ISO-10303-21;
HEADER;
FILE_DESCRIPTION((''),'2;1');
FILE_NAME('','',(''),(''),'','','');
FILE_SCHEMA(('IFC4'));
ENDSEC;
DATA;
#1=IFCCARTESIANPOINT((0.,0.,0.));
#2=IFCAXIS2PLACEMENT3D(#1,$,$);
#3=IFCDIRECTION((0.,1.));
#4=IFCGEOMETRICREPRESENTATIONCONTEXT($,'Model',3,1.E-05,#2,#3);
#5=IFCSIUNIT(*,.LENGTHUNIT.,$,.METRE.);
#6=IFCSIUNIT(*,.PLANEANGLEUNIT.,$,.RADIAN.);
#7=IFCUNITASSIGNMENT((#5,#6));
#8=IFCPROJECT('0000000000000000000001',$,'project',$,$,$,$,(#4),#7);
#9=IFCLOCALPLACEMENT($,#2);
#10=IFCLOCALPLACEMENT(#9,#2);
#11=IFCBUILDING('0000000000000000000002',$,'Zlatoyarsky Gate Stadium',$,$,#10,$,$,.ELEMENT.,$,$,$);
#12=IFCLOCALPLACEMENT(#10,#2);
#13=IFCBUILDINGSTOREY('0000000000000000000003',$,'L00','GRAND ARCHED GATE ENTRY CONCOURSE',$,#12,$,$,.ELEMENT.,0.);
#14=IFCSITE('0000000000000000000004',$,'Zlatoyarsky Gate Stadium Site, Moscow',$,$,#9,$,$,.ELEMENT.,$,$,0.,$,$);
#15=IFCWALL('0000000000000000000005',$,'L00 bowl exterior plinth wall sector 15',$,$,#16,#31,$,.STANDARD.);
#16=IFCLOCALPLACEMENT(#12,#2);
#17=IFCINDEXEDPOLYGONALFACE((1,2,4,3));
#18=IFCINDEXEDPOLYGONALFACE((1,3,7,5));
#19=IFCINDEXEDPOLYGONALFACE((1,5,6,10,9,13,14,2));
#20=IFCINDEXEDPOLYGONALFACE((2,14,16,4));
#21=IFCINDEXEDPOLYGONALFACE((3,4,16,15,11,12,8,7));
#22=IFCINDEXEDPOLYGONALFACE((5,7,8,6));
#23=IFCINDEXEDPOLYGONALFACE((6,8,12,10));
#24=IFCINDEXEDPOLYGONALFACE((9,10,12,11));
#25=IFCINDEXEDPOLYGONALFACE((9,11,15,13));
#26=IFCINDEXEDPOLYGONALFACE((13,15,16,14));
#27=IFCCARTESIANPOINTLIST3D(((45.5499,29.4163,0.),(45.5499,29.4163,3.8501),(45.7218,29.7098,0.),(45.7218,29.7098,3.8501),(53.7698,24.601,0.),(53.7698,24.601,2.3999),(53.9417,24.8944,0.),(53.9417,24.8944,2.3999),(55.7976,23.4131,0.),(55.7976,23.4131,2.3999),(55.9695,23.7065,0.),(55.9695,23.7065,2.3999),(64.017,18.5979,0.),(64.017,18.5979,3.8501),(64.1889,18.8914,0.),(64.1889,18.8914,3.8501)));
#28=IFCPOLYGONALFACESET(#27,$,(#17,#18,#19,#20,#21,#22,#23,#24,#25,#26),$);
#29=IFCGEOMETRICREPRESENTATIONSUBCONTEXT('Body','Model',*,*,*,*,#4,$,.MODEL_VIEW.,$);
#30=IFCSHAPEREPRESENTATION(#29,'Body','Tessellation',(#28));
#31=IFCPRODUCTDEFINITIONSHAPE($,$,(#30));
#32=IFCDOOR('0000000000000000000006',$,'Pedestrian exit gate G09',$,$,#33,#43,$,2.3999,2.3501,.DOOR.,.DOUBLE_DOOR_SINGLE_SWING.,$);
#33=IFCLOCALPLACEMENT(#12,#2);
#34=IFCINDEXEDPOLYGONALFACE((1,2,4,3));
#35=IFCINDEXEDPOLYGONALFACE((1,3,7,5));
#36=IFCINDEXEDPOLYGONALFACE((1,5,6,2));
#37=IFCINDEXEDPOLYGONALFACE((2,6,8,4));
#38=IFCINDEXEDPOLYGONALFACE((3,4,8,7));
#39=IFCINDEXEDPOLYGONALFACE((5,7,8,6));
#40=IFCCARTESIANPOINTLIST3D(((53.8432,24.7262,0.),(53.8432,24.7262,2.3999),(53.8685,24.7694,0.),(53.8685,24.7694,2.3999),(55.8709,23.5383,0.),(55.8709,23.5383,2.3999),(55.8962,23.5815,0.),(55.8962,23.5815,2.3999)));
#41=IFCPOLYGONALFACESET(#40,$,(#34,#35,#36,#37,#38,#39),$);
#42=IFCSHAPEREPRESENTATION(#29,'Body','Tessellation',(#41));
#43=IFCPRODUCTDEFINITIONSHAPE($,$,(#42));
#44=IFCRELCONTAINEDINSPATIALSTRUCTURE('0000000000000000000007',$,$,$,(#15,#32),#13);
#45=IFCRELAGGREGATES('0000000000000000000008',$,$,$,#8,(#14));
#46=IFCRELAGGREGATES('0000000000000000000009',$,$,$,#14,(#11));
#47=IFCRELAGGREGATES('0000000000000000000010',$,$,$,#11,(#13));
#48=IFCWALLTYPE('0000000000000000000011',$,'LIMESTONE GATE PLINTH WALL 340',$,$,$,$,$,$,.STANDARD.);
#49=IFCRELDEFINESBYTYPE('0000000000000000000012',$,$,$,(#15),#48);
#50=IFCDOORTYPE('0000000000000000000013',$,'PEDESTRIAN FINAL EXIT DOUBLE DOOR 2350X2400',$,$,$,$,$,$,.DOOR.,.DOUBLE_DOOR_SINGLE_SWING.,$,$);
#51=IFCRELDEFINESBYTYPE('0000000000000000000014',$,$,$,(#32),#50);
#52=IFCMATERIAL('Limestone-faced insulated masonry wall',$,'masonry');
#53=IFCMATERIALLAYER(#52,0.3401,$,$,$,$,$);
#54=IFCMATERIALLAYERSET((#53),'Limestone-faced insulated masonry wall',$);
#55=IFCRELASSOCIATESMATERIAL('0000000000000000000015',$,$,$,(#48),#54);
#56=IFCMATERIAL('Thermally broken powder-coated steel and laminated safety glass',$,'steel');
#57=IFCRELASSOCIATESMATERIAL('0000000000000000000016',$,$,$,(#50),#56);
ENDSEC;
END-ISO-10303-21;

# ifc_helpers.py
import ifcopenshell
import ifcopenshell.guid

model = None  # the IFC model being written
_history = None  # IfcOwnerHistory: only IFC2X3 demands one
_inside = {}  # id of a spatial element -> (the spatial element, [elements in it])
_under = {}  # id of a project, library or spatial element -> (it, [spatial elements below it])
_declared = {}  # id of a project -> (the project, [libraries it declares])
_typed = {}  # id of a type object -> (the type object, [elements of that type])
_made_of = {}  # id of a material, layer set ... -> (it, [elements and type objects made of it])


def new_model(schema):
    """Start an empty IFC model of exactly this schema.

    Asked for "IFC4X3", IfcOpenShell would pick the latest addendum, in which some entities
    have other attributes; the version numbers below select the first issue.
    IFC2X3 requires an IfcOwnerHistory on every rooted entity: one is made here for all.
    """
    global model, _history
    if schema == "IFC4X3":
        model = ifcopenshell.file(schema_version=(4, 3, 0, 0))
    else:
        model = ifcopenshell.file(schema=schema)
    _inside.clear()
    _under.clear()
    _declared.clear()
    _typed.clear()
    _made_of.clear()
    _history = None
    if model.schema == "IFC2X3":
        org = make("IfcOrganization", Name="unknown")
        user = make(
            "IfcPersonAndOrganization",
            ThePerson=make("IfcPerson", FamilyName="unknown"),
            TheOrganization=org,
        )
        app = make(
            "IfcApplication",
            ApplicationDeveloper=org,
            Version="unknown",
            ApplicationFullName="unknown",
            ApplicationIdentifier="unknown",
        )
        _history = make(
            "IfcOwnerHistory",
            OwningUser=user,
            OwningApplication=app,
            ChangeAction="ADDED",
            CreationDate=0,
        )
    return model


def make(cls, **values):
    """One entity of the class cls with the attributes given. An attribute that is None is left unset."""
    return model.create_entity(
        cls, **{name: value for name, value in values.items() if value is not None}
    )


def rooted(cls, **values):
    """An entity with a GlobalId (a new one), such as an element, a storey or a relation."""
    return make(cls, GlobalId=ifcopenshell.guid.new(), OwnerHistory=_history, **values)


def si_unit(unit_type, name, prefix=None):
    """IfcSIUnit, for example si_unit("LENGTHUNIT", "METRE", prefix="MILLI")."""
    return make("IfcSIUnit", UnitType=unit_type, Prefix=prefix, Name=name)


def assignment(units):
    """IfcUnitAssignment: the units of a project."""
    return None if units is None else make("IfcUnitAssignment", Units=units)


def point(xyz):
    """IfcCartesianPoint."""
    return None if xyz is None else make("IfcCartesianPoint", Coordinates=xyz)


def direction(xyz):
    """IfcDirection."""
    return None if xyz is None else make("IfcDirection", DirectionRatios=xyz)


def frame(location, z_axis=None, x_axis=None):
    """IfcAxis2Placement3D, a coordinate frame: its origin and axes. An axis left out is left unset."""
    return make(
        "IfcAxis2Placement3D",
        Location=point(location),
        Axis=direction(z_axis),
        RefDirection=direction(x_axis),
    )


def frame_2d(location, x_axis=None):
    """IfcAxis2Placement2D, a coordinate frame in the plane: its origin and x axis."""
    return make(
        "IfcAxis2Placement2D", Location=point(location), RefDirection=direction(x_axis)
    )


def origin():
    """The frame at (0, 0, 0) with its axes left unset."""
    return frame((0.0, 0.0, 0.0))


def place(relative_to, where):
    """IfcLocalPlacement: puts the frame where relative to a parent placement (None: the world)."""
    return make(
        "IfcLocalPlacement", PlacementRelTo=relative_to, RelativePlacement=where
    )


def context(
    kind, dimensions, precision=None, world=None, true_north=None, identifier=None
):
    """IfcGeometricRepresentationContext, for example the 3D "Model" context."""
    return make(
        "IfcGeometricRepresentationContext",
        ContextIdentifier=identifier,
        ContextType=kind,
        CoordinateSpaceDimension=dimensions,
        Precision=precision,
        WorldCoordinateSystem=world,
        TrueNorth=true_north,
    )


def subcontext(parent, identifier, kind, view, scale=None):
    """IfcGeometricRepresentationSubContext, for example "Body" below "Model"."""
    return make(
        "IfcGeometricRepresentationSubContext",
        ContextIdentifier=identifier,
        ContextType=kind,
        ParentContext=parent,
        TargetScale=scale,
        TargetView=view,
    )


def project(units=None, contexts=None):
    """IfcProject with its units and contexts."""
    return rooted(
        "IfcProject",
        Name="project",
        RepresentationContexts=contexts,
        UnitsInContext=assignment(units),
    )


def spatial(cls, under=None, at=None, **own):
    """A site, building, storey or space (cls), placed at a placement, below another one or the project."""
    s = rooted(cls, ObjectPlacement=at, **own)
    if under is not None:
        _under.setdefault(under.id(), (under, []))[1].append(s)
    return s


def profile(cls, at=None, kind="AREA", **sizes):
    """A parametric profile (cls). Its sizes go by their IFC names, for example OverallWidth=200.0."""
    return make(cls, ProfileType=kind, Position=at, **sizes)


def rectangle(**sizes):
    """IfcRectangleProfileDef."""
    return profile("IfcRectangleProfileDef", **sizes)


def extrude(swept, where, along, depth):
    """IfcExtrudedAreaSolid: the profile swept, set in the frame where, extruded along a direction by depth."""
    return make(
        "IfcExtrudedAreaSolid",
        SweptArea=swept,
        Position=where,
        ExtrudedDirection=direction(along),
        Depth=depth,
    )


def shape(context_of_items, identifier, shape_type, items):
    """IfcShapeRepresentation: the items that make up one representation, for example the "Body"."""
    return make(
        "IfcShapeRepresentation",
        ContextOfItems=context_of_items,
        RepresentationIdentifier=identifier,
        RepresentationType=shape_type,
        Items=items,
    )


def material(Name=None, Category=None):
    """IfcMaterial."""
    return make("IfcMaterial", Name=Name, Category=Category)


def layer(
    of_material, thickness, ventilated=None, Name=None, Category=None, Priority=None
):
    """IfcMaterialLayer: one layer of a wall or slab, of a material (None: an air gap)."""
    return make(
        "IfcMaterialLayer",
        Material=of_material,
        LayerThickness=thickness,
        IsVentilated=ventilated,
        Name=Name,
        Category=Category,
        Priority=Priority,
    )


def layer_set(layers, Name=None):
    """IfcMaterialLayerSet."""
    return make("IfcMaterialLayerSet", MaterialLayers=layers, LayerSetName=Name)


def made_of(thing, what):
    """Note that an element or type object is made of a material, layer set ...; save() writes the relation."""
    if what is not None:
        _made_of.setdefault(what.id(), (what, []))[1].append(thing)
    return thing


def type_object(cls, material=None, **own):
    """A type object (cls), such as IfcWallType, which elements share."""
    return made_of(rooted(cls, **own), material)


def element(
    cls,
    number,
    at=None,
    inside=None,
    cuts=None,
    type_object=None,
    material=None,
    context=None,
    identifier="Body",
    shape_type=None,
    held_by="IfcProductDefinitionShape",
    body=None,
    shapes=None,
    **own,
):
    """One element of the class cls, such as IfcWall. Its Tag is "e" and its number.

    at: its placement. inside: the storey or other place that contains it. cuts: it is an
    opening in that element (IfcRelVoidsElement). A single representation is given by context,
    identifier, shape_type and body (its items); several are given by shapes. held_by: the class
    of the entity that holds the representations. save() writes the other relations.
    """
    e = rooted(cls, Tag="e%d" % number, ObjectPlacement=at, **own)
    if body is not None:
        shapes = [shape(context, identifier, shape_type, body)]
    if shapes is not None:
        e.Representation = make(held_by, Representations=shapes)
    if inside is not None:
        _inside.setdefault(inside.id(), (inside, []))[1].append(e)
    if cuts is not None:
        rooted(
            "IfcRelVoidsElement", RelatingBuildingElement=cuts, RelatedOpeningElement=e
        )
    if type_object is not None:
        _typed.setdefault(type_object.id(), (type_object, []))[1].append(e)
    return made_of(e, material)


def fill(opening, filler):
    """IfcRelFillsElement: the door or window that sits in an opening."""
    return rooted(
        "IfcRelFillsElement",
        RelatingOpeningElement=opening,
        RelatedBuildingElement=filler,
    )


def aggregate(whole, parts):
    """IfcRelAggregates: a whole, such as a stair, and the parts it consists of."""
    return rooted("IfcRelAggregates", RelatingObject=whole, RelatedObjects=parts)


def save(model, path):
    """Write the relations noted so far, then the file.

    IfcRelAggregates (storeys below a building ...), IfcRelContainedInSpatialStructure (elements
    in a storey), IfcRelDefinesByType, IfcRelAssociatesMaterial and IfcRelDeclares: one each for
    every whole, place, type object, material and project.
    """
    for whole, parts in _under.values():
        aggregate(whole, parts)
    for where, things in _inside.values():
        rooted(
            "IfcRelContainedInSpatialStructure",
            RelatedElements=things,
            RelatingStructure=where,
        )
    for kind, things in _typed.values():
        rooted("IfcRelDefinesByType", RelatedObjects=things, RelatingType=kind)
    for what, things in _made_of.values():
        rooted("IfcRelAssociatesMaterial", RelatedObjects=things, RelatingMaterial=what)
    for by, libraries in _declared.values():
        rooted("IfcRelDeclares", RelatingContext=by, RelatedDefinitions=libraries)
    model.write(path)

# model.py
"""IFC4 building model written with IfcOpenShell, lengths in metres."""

from ifc_helpers import new_model, si_unit, direction, frame, frame_2d, origin, place, context, subcontext, project, spatial, rectangle, extrude, material, layer, layer_set, type_object, element, fill, save


model = new_model("IFC4")

# Units and contexts
model_context = context("Model", 3, precision=1e-05, world=origin(), true_north=direction((0.0, 1.0)))
body_context = subcontext(model_context, "Body", "Model", "MODEL_VIEW")
ifc_project = project(units=[si_unit("LENGTHUNIT", "METRE"), si_unit("PLANEANGLEUNIT", "RADIAN")], contexts=[model_context])

# Site, building, storey
site_placement = place(None, origin())
site = spatial("IfcSite", under=ifc_project, at=site_placement, Name="Zlatoyarsky Gate Stadium Site, Moscow", CompositionType="ELEMENT", RefElevation=0.0)
building_placement = place(site_placement, origin())
building = spatial("IfcBuilding", under=site, at=building_placement, Name="Zlatoyarsky Gate Stadium", CompositionType="ELEMENT")
storey_placement = place(building_placement, origin())
storey = spatial("IfcBuildingStorey", under=building, at=storey_placement, Name="L00", Description="GRAND ARCHED GATE ENTRY CONCOURSE", CompositionType="ELEMENT", Elevation=0.0)

# Wall, opening, door
ifc_material_1 = material(Name="Limestone-faced insulated masonry wall", Category="masonry")
ifc_layer_1 = layer(ifc_material_1, 0.3401)
ifc_layer_set_1 = layer_set([ifc_layer_1], Name="Limestone-faced insulated masonry wall")
wall_type_1 = type_object("IfcWallType", Name="LIMESTONE GATE PLINTH WALL 340", PredefinedType="STANDARD", material=ifc_layer_set_1)
wall_1_placement = place(storey_placement, frame((45.636, 29.563, 0.0), z_axis=(0.0, 0.0, 1.0), x_axis=(0.862844, -0.505471, 0.0)))
wall_1 = element("IfcWall", 1, at=wall_1_placement, inside=storey, type_object=wall_type_1, Name="L00 bowl exterior plinth wall sector 15", PredefinedType="STANDARD", context=body_context, shape_type="SweptSolid", body=[
    extrude(rectangle(XDim=21.4026, YDim=0.3401, at=frame_2d((10.7012, 0.0))), origin(), (0.0, 0.0, 1.0), 3.8501),
])
opening_1_placement = place(wall_1_placement, frame((9.5264, 0.0, 0.0)))
opening_1 = element("IfcOpeningElement", 2, at=opening_1_placement, cuts=wall_1, PredefinedType="OPENING", context=body_context, shape_type="SweptSolid", body=[
    extrude(rectangle(XDim=2.3501, YDim=2.3999, at=frame_2d((1.175, 1.2))), frame((0.0, 0.1799, 0.0), z_axis=(0.0, -1.0, 0.0), x_axis=(1.0, 0.0, 0.0)), (0.0, 0.0, 1.0), 0.3601),
])
ifc_material_2 = material(Name="Thermally broken powder-coated steel and laminated safety glass", Category="steel")
door_type_1 = type_object("IfcDoorType", Name="PEDESTRIAN FINAL EXIT DOUBLE DOOR 2350X2400", OperationType="DOUBLE_DOOR_SINGLE_SWING", PredefinedType="DOOR", material=ifc_material_2)
door_1_placement = place(opening_1_placement, frame((2.3501, 0.0, 0.0), z_axis=(0.0, 0.0, 1.0), x_axis=(-1.0, 0.0, 0.0)))
door_1 = element("IfcDoor", 3, at=door_1_placement, inside=storey, type_object=door_type_1, Name="Pedestrian exit gate G09", OperationType="DOUBLE_DOOR_SINGLE_SWING", OverallHeight=2.3999, OverallWidth=2.3501, PredefinedType="DOOR", context=body_context, shape_type="SweptSolid", body=[
    extrude(rectangle(XDim=2.3501, YDim=2.3999, at=frame_2d((1.175, 1.2))), frame((0.0, 0.0249, 0.0), z_axis=(0.0, -1.0, 0.0), x_axis=(1.0, 0.0, 0.0)), (0.0, 0.0, 1.0), 0.05),
])
fill(opening_1, door_1)

save(model, "model.ifc")
